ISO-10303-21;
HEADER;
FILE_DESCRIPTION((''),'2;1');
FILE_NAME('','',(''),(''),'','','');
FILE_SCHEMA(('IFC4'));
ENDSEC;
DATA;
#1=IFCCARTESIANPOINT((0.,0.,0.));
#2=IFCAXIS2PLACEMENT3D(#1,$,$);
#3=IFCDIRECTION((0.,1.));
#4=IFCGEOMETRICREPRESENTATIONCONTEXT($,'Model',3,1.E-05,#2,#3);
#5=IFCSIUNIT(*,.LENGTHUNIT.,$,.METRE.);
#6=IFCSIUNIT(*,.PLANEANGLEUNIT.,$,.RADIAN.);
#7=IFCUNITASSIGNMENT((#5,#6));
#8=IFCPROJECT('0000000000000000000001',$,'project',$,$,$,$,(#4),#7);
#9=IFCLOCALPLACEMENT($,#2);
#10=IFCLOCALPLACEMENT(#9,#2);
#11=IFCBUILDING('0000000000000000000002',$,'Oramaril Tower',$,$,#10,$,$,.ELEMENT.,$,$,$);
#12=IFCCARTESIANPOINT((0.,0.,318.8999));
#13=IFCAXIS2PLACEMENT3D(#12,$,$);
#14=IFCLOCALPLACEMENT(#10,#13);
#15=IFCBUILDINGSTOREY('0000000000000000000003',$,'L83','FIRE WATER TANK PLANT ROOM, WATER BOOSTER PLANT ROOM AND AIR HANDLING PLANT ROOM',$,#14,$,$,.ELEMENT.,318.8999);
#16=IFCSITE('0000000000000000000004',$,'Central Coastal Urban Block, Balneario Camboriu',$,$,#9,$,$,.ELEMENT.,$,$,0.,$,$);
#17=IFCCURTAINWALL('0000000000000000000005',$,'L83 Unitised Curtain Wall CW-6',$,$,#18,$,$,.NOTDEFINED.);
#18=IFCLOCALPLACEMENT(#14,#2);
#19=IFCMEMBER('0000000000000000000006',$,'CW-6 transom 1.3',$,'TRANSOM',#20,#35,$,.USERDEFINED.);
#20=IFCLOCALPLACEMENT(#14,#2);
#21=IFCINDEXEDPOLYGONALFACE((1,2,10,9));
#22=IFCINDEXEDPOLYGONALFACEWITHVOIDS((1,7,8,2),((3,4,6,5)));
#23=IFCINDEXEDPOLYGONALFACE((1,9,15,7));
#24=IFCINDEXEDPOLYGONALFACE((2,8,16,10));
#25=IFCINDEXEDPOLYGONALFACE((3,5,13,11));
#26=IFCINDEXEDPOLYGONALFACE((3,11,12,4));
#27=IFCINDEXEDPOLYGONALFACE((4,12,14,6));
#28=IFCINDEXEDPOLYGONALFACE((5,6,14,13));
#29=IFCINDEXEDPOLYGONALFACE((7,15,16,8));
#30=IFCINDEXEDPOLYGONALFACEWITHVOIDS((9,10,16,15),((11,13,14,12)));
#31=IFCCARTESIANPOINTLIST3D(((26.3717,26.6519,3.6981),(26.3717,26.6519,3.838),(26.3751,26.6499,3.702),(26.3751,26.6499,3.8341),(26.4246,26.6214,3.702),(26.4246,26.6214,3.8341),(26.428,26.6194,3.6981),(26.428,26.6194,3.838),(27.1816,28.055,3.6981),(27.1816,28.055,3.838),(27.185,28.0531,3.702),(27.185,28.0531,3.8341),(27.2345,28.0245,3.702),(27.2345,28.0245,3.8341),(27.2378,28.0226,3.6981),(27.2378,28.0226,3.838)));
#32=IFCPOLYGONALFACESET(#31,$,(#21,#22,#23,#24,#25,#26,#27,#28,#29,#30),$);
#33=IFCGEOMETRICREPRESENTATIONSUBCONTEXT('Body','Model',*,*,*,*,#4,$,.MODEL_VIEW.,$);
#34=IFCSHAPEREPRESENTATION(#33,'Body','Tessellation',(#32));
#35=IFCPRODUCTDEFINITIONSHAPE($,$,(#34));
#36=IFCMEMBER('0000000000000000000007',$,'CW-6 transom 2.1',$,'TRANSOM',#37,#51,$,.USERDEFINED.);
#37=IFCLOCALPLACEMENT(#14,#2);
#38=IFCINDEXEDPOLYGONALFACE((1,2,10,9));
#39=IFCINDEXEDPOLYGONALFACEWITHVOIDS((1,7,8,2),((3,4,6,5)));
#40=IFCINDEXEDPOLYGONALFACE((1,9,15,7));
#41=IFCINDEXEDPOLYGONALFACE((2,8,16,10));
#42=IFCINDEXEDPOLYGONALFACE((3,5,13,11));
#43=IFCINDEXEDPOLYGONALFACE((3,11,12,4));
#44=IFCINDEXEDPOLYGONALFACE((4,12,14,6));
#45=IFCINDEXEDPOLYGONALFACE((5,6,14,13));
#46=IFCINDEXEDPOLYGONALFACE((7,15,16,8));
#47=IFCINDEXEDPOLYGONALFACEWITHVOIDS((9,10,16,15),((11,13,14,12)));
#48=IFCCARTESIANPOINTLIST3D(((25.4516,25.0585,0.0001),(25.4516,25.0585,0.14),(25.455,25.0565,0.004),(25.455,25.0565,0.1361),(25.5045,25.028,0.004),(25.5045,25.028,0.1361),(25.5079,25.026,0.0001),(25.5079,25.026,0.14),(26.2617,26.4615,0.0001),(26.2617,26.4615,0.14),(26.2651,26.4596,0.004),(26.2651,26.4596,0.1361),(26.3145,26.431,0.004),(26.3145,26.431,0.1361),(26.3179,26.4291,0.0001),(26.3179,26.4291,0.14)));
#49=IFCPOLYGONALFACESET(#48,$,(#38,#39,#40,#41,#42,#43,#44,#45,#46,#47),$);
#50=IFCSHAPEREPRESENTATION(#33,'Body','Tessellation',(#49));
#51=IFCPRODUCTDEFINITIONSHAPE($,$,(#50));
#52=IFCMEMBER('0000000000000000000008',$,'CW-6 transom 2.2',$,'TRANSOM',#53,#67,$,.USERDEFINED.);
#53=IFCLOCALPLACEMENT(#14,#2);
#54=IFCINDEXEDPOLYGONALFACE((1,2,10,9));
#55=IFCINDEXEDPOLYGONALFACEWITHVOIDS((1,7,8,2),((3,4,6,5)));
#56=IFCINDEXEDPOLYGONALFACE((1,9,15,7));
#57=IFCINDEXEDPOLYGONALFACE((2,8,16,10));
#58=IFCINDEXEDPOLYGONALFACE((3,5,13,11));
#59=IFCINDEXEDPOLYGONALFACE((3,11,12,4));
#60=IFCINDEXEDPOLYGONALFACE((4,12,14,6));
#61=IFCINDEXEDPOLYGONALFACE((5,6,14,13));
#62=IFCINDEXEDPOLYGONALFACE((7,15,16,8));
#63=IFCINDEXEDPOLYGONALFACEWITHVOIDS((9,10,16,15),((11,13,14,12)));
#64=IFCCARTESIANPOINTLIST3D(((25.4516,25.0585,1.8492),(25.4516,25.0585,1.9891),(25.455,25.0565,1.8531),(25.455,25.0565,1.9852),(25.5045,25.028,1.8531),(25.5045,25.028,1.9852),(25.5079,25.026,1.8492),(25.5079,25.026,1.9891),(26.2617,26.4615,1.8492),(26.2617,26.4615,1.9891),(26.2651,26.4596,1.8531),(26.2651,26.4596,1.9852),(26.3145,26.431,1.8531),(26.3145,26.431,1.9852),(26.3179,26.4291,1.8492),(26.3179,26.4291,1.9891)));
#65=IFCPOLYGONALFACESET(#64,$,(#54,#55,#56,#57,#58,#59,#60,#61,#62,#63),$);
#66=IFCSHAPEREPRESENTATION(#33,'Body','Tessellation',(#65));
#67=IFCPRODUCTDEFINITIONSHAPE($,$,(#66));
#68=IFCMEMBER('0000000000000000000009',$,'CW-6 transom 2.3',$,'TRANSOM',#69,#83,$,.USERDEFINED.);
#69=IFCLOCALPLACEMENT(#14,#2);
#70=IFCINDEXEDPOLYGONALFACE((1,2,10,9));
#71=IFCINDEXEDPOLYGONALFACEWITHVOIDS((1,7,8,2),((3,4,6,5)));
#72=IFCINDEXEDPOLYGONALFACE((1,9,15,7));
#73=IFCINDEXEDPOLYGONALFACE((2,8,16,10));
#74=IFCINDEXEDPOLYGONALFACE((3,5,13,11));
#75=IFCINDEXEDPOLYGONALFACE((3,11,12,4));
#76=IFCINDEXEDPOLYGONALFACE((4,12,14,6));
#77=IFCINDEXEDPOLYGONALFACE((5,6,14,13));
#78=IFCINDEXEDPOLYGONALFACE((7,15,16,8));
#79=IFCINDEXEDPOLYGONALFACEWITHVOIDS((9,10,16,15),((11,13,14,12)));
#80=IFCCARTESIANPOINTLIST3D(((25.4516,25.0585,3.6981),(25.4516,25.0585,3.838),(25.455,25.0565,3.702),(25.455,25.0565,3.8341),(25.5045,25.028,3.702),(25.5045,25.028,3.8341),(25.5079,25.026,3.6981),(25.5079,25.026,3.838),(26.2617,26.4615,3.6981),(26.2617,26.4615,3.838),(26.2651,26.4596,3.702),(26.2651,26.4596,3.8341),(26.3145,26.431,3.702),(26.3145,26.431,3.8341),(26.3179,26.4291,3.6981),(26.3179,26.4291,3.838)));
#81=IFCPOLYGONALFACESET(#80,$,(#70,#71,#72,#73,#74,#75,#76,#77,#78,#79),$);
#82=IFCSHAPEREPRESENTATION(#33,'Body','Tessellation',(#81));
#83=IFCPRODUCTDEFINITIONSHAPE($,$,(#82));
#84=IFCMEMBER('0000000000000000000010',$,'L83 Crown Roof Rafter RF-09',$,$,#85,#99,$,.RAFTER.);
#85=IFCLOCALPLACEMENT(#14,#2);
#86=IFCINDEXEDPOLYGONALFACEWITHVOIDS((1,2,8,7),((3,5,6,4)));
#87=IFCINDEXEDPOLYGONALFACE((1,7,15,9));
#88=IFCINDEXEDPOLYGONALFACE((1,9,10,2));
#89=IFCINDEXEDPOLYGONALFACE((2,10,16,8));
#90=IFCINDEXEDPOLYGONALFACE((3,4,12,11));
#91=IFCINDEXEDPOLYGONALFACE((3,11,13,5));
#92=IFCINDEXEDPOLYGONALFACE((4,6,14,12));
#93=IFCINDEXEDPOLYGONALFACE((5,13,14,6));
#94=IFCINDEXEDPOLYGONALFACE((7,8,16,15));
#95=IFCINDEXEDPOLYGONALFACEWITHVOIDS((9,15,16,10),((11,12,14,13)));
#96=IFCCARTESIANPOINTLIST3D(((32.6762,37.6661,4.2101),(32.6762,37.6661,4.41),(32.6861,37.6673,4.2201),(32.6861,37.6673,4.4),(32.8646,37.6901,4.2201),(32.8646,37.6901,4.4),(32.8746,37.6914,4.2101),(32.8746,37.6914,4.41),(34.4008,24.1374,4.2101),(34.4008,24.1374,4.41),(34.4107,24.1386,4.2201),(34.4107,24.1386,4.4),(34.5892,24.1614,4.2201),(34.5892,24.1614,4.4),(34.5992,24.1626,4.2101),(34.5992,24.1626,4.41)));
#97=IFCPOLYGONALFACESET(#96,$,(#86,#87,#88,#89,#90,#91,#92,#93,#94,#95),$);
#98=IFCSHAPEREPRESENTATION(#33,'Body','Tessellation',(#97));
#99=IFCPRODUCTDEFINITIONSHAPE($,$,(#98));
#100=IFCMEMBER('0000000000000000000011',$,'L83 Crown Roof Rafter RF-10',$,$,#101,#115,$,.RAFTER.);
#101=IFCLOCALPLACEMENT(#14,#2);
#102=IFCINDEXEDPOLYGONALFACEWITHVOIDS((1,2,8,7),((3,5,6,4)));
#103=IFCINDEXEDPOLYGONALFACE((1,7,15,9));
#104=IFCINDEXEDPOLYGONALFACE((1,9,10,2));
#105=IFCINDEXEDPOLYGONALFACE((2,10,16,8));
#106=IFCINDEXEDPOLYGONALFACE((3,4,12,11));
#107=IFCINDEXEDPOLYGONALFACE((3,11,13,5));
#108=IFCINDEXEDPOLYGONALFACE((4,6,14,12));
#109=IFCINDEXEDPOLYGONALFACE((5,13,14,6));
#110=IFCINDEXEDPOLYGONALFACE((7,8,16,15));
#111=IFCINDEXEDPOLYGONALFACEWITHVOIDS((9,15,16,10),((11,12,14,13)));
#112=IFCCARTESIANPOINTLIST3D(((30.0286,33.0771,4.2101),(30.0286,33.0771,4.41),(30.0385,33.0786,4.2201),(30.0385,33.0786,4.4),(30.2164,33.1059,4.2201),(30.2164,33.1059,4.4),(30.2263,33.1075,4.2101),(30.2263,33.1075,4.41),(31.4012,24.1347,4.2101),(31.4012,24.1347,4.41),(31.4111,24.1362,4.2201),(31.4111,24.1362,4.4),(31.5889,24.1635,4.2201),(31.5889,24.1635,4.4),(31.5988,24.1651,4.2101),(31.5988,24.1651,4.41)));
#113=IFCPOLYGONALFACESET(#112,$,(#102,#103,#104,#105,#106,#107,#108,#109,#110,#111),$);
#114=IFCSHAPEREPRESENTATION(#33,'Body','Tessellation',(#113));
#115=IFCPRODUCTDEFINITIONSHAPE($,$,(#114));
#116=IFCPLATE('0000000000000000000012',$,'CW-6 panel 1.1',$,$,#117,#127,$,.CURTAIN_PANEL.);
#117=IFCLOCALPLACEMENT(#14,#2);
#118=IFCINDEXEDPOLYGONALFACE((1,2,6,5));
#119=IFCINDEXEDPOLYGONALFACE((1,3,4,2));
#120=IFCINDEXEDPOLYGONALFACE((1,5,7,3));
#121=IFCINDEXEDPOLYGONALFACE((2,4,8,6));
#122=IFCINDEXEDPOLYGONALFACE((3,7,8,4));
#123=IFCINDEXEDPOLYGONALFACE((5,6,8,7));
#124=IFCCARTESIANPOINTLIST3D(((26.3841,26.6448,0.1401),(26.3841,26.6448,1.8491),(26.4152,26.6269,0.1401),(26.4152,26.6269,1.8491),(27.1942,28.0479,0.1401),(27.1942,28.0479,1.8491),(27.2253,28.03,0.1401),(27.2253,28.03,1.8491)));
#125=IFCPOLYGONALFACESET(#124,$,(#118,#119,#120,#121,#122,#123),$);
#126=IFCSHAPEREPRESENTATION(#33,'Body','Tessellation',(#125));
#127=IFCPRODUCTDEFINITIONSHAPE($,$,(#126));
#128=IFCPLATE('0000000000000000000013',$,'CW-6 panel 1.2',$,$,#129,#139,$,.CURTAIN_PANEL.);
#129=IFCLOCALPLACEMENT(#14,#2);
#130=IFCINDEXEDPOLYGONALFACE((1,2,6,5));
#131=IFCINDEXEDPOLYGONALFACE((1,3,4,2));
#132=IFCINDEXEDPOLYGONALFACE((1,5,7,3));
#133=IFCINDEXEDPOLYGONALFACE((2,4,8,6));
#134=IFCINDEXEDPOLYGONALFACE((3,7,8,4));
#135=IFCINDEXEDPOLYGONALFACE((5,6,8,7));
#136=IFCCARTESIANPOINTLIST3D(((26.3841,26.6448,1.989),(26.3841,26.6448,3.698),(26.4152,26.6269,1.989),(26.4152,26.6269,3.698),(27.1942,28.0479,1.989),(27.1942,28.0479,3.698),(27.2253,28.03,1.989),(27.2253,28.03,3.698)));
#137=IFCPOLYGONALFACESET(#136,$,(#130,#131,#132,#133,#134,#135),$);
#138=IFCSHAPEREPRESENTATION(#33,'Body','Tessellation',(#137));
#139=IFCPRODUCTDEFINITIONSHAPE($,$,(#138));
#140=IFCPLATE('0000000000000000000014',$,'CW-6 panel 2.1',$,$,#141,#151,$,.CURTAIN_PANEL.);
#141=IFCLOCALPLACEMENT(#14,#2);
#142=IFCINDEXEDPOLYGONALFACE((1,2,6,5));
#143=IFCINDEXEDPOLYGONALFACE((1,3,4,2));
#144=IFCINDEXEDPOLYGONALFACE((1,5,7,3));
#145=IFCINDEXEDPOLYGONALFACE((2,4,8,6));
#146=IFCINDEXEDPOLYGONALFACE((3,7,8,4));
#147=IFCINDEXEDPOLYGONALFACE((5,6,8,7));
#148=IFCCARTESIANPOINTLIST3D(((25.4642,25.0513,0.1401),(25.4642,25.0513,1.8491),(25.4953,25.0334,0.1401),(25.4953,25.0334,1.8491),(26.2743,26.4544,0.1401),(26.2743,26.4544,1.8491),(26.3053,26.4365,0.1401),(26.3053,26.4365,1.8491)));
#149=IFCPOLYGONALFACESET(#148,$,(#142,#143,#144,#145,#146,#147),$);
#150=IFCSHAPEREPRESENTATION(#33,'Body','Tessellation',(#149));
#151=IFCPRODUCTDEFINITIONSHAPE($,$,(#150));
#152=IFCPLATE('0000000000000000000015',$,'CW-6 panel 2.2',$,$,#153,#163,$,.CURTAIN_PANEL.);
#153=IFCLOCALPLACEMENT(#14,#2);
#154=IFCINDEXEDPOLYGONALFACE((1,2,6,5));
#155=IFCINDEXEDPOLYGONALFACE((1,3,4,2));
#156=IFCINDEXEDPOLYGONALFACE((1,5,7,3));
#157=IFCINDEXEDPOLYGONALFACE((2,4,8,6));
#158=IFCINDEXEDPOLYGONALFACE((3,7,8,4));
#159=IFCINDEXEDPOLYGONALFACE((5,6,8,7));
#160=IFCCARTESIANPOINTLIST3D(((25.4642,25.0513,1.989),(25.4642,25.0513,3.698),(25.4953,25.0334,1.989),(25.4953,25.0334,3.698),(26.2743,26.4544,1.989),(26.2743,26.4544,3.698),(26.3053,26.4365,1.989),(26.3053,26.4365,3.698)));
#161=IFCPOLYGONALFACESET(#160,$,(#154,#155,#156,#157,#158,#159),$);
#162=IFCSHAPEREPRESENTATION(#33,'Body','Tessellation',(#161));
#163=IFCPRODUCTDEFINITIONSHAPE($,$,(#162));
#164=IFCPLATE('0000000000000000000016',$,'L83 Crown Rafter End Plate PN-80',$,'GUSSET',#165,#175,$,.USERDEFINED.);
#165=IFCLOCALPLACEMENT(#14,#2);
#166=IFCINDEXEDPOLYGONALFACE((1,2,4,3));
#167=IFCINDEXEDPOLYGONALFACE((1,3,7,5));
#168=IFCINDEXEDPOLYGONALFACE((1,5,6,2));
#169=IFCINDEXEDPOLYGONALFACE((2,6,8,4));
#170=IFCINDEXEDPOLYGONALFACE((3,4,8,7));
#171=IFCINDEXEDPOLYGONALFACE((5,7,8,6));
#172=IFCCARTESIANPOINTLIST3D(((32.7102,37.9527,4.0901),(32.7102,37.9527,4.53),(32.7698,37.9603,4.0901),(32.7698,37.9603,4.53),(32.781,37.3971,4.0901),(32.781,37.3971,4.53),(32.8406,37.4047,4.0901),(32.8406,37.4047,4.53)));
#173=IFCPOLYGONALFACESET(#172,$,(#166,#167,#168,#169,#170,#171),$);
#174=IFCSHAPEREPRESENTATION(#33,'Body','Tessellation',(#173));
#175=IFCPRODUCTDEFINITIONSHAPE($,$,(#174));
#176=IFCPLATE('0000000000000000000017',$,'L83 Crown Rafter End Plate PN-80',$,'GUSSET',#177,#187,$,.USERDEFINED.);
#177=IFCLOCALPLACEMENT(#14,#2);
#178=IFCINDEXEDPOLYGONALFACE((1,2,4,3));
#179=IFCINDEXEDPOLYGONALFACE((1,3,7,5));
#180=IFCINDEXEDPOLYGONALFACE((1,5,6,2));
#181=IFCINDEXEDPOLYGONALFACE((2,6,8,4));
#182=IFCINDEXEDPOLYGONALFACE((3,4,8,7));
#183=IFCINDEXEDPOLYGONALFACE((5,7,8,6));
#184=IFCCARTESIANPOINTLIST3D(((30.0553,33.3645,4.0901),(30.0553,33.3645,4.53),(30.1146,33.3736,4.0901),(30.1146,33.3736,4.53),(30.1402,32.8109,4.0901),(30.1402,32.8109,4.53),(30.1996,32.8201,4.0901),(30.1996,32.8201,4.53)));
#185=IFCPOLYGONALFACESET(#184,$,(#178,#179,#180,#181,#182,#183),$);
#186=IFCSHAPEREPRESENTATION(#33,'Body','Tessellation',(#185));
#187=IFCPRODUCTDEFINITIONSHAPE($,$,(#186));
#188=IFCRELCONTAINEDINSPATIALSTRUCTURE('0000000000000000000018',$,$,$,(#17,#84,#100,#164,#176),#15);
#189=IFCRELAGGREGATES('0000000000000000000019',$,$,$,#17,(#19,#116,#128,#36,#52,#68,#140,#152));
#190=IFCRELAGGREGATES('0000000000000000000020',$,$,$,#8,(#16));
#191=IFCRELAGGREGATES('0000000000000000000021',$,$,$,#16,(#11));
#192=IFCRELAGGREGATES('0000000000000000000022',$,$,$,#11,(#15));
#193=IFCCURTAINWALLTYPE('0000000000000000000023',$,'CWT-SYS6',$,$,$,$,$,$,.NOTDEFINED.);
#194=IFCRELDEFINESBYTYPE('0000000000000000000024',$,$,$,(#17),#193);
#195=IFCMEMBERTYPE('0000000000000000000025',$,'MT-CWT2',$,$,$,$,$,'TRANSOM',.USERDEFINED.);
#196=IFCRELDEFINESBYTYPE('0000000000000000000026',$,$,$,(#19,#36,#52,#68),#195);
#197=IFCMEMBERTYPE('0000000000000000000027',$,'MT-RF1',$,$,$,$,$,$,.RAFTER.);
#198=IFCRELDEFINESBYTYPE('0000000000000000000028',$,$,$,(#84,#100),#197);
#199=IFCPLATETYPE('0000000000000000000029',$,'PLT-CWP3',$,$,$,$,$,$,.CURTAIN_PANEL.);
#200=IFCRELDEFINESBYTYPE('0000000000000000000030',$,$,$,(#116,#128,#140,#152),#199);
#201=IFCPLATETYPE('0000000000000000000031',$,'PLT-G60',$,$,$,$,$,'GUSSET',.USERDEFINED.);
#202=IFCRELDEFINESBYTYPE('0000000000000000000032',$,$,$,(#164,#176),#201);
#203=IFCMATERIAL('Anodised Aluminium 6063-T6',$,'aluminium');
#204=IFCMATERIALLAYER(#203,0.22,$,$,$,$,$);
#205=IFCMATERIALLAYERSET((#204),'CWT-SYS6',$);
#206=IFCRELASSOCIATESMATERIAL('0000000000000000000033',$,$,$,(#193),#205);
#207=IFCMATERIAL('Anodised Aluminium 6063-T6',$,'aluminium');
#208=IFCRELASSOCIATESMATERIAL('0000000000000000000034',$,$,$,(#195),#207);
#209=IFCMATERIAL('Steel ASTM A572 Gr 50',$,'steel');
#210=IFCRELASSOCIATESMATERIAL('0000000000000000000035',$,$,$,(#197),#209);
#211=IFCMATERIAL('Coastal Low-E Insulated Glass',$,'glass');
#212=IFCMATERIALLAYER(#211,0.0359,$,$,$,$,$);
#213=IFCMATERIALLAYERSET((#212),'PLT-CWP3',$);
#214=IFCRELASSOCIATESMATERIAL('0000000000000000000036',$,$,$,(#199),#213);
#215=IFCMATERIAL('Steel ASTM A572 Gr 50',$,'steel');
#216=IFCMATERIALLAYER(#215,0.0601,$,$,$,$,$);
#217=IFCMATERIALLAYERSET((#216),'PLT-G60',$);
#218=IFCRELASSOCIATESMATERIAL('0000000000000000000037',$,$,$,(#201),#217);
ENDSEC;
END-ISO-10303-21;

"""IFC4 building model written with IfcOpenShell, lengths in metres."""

from ifc_helpers import new_model, si_unit, direction, frame, origin, origin_2d, place, context, subcontext, project, spatial, rectangle, hollow_rectangle, extrude, material, layer, layer_set, material_profile, profile_set, type_object, element, aggregate, save


model = new_model("IFC4")

# Units and contexts
model_context = context("Model", 3, precision=1e-05, world=origin(), true_north=direction((0.0, 1.0)))
body_context = subcontext(model_context, "Body", "Model", "MODEL_VIEW")
ifc_project = project(units=[si_unit("LENGTHUNIT", "METRE"), si_unit("PLANEANGLEUNIT", "RADIAN")], contexts=[model_context])

# Site, building, storey
site_placement = place(None, origin())
site = spatial("IfcSite", under=ifc_project, at=site_placement, Name="Central Coastal Urban Block, Balneario Camboriu", CompositionType="ELEMENT", RefElevation=0.0)
building_placement = place(site_placement, origin())
building = spatial("IfcBuilding", under=site, at=building_placement, Name="Oramaril Tower", CompositionType="ELEMENT")
storey_placement = place(building_placement, frame((0.0, 0.0, 318.8999)))
storey = spatial("IfcBuildingStorey", under=building, at=storey_placement, Name="L83", Description="FIRE WATER TANK PLANT ROOM, WATER BOOSTER PLANT ROOM AND AIR HANDLING PLANT ROOM", CompositionType="ELEMENT", Elevation=318.8999)

# Curtain wall, members
ifc_material_1 = material(Name="Anodised Aluminium 6063-T6", Category="aluminium")
ifc_layer_1 = layer(ifc_material_1, 0.22)
ifc_layer_set_1 = layer_set([ifc_layer_1], Name="CWT-SYS6")
curtain_wall_type = type_object("IfcCurtainWallType", Name="CWT-SYS6", PredefinedType="NOTDEFINED", material=ifc_layer_set_1)
curtain_wall_placement = place(storey_placement, origin())
curtain_wall = element("IfcCurtainWall", 1, at=curtain_wall_placement, inside=storey, type_object=curtain_wall_type, Name="L83 Unitised Curtain Wall CW-6", PredefinedType="NOTDEFINED")
ifc_material_2 = material(Name="Anodised Aluminium 6063-T6", Category="aluminium")
ifc_material_profile_1 = material_profile(ifc_material_2, hollow_rectangle(XDim=0.0649, YDim=0.1399, WallThickness=0.0039, at=origin_2d()), Name="CWT140X65")
ifc_profile_set_1 = profile_set([ifc_material_profile_1], Name="Anodised Aluminium 6063-T6")
member_type_1 = type_object("IfcMemberType", Name="MT-CWT2", ElementType="TRANSOM", PredefinedType="USERDEFINED", material=ifc_profile_set_1)
member_1_placement = place(storey_placement, frame((27.2097, 28.0388, 3.7681), z_axis=(-0.499883, -0.866093, 0.0), x_axis=(0.866093, -0.499883, 0.0)))
member_1 = element("IfcMember", 2, at=member_1_placement, type_object=member_type_1, Name="CW-6 transom 1.3", ObjectType="TRANSOM", PredefinedType="USERDEFINED", context=body_context, shape_type="SweptSolid", body=[
    extrude(hollow_rectangle(XDim=0.0649, YDim=0.1399, WallThickness=0.0039, at=origin_2d()), origin(), (0.0, 0.0, 1.0), 1.6201),
])
member_2_placement = place(storey_placement, frame((26.2898, 26.4453, 0.0701), z_axis=(-0.499996, -0.866027, 0.0), x_axis=(0.866027, -0.499996, 0.0)))
member_2 = element("IfcMember", 3, at=member_2_placement, type_object=member_type_1, Name="CW-6 transom 2.1", ObjectType="TRANSOM", PredefinedType="USERDEFINED", context=body_context, shape_type="SweptSolid", body=[
    extrude(hollow_rectangle(XDim=0.0649, YDim=0.1399, WallThickness=0.0039, at=origin_2d()), origin(), (0.0, 0.0, 1.0), 1.6201),
])
member_3_placement = place(storey_placement, frame((26.2898, 26.4453, 1.9192), z_axis=(-0.499996, -0.866027, 0.0), x_axis=(0.866027, -0.499996, 0.0)))
member_3 = element("IfcMember", 4, at=member_3_placement, type_object=member_type_1, Name="CW-6 transom 2.2", ObjectType="TRANSOM", PredefinedType="USERDEFINED", context=body_context, shape_type="SweptSolid", body=[
    extrude(hollow_rectangle(XDim=0.0649, YDim=0.1399, WallThickness=0.0039, at=origin_2d()), origin(), (0.0, 0.0, 1.0), 1.6201),
])
member_4_placement = place(storey_placement, frame((26.2898, 26.4453, 3.7681), z_axis=(-0.499996, -0.866027, 0.0), x_axis=(0.866027, -0.499996, 0.0)))
member_4 = element("IfcMember", 5, at=member_4_placement, type_object=member_type_1, Name="CW-6 transom 2.3", ObjectType="TRANSOM", PredefinedType="USERDEFINED", context=body_context, shape_type="SweptSolid", body=[
    extrude(hollow_rectangle(XDim=0.0649, YDim=0.1399, WallThickness=0.0039, at=origin_2d()), origin(), (0.0, 0.0, 1.0), 1.6201),
])

# Members
ifc_material_3 = material(Name="Steel ASTM A572 Gr 50", Category="steel")
ifc_material_profile_2 = material_profile(ifc_material_3, hollow_rectangle(XDim=0.2, YDim=0.2, WallThickness=0.01, at=origin_2d()), Name="HSS200X200X10")
ifc_profile_set_2 = profile_set([ifc_material_profile_2], Name="Steel ASTM A572 Gr 50")
member_type_2 = type_object("IfcMemberType", Name="MT-RF1", PredefinedType="RAFTER", material=ifc_profile_set_2)
member_5_placement = place(storey_placement, frame((32.7754, 37.6787, 4.3101), z_axis=(0.126453, -0.991973, 0.0), x_axis=(0.991973, 0.126453, 0.0)))
element("IfcMember", 6, at=member_5_placement, inside=storey, type_object=member_type_2, Name="L83 Crown Roof Rafter RF-09", PredefinedType="RAFTER", context=body_context, shape_type="SweptSolid", body=[
    extrude(hollow_rectangle(XDim=0.2, YDim=0.2, WallThickness=0.01, at=origin_2d()), origin(), (0.0, 0.0, 1.0), 13.6382),
])
member_6_placement = place(storey_placement, frame((30.1274, 33.0923, 4.3101), z_axis=(0.151712, -0.988425, 0.0), x_axis=(0.988425, 0.151712, 0.0)))
element("IfcMember", 7, at=member_6_placement, inside=storey, type_object=member_type_2, Name="L83 Crown Roof Rafter RF-10", PredefinedType="RAFTER", context=body_context, shape_type="SweptSolid", body=[
    extrude(hollow_rectangle(XDim=0.2, YDim=0.2, WallThickness=0.01, at=origin_2d()), origin(), (0.0, 0.0, 1.0), 9.0471),
])

# Plates
ifc_material_4 = material(Name="Coastal Low-E Insulated Glass", Category="glass")
ifc_layer_2 = layer(ifc_material_4, 0.0359)
ifc_layer_set_2 = layer_set([ifc_layer_2], Name="PLT-CWP3")
plate_type_1 = type_object("IfcPlateType", Name="PLT-CWP3", PredefinedType="CURTAIN_PANEL", material=ifc_layer_set_2)
plate_1_placement = place(storey_placement, frame((26.8047, 27.3374, 0.1401), z_axis=(0.0, 0.0, 1.0), x_axis=(-0.5, -0.866025, 0.0)))
plate_1 = element("IfcPlate", 8, at=plate_1_placement, type_object=plate_type_1, Name="CW-6 panel 1.1", PredefinedType="CURTAIN_PANEL", context=body_context, shape_type="SweptSolid", body=[
    extrude(rectangle(XDim=1.6201, YDim=0.0359, at=origin_2d()), origin(), (0.0, 0.0, 1.0), 1.709),
])
plate_2_placement = place(storey_placement, frame((26.8047, 27.3374, 1.989), z_axis=(0.0, 0.0, 1.0), x_axis=(-0.5, -0.866025, 0.0)))
plate_2 = element("IfcPlate", 9, at=plate_2_placement, type_object=plate_type_1, Name="CW-6 panel 1.2", PredefinedType="CURTAIN_PANEL", context=body_context, shape_type="SweptSolid", body=[
    extrude(rectangle(XDim=1.6201, YDim=0.0359, at=origin_2d()), origin(), (0.0, 0.0, 1.0), 1.709),
])
plate_3_placement = place(storey_placement, frame((25.8848, 25.7439, 0.1401), z_axis=(0.0, 0.0, 1.0), x_axis=(-0.5, -0.866025, 0.0)))
plate_3 = element("IfcPlate", 10, at=plate_3_placement, type_object=plate_type_1, Name="CW-6 panel 2.1", PredefinedType="CURTAIN_PANEL", context=body_context, shape_type="SweptSolid", body=[
    extrude(rectangle(XDim=1.6201, YDim=0.0359, at=origin_2d()), origin(), (0.0, 0.0, 1.0), 1.709),
])
plate_4_placement = place(storey_placement, frame((25.8848, 25.7439, 1.989), z_axis=(0.0, 0.0, 1.0), x_axis=(-0.5, -0.866025, 0.0)))
plate_4 = element("IfcPlate", 11, at=plate_4_placement, type_object=plate_type_1, Name="CW-6 panel 2.2", PredefinedType="CURTAIN_PANEL", context=body_context, shape_type="SweptSolid", body=[
    extrude(rectangle(XDim=1.6201, YDim=0.0359, at=origin_2d()), origin(), (0.0, 0.0, 1.0), 1.709),
])
aggregate(curtain_wall, [member_1, plate_1, plate_2, member_2, member_3, member_4, plate_3, plate_4])

# Plates
ifc_material_5 = material(Name="Steel ASTM A572 Gr 50", Category="steel")
ifc_layer_3 = layer(ifc_material_5, 0.0601)
ifc_layer_set_3 = layer_set([ifc_layer_3], Name="PLT-G60")
plate_type_2 = type_object("IfcPlateType", Name="PLT-G60", ElementType="GUSSET", PredefinedType="USERDEFINED", material=ifc_layer_set_3)
for number, where, z_axis, x_axis, name in (
    (12, (32.7754, 37.6787, 4.0901), (0.0, 0.0, 1.0), (0.126455, -0.991972, 0.0), "L83 Crown Rafter End Plate PN-80"),
    (13, (30.1274, 33.0923, 4.0901), (0.0, 0.0, 1.0), (0.151708, -0.988425, 0.0), "L83 Crown Rafter End Plate PN-80"),
):
    element("IfcPlate", number, at=place(storey_placement, frame(where, z_axis=z_axis, x_axis=x_axis)), inside=storey, type_object=plate_type_2, Name=name, ObjectType="GUSSET", PredefinedType="USERDEFINED", context=body_context, shape_type="SweptSolid", body=[
        extrude(rectangle(XDim=0.5601, YDim=0.0601, at=origin_2d()), origin(), (0.0, 0.0, 1.0), 0.4399),
    ])

save(model, "model.ifc")
